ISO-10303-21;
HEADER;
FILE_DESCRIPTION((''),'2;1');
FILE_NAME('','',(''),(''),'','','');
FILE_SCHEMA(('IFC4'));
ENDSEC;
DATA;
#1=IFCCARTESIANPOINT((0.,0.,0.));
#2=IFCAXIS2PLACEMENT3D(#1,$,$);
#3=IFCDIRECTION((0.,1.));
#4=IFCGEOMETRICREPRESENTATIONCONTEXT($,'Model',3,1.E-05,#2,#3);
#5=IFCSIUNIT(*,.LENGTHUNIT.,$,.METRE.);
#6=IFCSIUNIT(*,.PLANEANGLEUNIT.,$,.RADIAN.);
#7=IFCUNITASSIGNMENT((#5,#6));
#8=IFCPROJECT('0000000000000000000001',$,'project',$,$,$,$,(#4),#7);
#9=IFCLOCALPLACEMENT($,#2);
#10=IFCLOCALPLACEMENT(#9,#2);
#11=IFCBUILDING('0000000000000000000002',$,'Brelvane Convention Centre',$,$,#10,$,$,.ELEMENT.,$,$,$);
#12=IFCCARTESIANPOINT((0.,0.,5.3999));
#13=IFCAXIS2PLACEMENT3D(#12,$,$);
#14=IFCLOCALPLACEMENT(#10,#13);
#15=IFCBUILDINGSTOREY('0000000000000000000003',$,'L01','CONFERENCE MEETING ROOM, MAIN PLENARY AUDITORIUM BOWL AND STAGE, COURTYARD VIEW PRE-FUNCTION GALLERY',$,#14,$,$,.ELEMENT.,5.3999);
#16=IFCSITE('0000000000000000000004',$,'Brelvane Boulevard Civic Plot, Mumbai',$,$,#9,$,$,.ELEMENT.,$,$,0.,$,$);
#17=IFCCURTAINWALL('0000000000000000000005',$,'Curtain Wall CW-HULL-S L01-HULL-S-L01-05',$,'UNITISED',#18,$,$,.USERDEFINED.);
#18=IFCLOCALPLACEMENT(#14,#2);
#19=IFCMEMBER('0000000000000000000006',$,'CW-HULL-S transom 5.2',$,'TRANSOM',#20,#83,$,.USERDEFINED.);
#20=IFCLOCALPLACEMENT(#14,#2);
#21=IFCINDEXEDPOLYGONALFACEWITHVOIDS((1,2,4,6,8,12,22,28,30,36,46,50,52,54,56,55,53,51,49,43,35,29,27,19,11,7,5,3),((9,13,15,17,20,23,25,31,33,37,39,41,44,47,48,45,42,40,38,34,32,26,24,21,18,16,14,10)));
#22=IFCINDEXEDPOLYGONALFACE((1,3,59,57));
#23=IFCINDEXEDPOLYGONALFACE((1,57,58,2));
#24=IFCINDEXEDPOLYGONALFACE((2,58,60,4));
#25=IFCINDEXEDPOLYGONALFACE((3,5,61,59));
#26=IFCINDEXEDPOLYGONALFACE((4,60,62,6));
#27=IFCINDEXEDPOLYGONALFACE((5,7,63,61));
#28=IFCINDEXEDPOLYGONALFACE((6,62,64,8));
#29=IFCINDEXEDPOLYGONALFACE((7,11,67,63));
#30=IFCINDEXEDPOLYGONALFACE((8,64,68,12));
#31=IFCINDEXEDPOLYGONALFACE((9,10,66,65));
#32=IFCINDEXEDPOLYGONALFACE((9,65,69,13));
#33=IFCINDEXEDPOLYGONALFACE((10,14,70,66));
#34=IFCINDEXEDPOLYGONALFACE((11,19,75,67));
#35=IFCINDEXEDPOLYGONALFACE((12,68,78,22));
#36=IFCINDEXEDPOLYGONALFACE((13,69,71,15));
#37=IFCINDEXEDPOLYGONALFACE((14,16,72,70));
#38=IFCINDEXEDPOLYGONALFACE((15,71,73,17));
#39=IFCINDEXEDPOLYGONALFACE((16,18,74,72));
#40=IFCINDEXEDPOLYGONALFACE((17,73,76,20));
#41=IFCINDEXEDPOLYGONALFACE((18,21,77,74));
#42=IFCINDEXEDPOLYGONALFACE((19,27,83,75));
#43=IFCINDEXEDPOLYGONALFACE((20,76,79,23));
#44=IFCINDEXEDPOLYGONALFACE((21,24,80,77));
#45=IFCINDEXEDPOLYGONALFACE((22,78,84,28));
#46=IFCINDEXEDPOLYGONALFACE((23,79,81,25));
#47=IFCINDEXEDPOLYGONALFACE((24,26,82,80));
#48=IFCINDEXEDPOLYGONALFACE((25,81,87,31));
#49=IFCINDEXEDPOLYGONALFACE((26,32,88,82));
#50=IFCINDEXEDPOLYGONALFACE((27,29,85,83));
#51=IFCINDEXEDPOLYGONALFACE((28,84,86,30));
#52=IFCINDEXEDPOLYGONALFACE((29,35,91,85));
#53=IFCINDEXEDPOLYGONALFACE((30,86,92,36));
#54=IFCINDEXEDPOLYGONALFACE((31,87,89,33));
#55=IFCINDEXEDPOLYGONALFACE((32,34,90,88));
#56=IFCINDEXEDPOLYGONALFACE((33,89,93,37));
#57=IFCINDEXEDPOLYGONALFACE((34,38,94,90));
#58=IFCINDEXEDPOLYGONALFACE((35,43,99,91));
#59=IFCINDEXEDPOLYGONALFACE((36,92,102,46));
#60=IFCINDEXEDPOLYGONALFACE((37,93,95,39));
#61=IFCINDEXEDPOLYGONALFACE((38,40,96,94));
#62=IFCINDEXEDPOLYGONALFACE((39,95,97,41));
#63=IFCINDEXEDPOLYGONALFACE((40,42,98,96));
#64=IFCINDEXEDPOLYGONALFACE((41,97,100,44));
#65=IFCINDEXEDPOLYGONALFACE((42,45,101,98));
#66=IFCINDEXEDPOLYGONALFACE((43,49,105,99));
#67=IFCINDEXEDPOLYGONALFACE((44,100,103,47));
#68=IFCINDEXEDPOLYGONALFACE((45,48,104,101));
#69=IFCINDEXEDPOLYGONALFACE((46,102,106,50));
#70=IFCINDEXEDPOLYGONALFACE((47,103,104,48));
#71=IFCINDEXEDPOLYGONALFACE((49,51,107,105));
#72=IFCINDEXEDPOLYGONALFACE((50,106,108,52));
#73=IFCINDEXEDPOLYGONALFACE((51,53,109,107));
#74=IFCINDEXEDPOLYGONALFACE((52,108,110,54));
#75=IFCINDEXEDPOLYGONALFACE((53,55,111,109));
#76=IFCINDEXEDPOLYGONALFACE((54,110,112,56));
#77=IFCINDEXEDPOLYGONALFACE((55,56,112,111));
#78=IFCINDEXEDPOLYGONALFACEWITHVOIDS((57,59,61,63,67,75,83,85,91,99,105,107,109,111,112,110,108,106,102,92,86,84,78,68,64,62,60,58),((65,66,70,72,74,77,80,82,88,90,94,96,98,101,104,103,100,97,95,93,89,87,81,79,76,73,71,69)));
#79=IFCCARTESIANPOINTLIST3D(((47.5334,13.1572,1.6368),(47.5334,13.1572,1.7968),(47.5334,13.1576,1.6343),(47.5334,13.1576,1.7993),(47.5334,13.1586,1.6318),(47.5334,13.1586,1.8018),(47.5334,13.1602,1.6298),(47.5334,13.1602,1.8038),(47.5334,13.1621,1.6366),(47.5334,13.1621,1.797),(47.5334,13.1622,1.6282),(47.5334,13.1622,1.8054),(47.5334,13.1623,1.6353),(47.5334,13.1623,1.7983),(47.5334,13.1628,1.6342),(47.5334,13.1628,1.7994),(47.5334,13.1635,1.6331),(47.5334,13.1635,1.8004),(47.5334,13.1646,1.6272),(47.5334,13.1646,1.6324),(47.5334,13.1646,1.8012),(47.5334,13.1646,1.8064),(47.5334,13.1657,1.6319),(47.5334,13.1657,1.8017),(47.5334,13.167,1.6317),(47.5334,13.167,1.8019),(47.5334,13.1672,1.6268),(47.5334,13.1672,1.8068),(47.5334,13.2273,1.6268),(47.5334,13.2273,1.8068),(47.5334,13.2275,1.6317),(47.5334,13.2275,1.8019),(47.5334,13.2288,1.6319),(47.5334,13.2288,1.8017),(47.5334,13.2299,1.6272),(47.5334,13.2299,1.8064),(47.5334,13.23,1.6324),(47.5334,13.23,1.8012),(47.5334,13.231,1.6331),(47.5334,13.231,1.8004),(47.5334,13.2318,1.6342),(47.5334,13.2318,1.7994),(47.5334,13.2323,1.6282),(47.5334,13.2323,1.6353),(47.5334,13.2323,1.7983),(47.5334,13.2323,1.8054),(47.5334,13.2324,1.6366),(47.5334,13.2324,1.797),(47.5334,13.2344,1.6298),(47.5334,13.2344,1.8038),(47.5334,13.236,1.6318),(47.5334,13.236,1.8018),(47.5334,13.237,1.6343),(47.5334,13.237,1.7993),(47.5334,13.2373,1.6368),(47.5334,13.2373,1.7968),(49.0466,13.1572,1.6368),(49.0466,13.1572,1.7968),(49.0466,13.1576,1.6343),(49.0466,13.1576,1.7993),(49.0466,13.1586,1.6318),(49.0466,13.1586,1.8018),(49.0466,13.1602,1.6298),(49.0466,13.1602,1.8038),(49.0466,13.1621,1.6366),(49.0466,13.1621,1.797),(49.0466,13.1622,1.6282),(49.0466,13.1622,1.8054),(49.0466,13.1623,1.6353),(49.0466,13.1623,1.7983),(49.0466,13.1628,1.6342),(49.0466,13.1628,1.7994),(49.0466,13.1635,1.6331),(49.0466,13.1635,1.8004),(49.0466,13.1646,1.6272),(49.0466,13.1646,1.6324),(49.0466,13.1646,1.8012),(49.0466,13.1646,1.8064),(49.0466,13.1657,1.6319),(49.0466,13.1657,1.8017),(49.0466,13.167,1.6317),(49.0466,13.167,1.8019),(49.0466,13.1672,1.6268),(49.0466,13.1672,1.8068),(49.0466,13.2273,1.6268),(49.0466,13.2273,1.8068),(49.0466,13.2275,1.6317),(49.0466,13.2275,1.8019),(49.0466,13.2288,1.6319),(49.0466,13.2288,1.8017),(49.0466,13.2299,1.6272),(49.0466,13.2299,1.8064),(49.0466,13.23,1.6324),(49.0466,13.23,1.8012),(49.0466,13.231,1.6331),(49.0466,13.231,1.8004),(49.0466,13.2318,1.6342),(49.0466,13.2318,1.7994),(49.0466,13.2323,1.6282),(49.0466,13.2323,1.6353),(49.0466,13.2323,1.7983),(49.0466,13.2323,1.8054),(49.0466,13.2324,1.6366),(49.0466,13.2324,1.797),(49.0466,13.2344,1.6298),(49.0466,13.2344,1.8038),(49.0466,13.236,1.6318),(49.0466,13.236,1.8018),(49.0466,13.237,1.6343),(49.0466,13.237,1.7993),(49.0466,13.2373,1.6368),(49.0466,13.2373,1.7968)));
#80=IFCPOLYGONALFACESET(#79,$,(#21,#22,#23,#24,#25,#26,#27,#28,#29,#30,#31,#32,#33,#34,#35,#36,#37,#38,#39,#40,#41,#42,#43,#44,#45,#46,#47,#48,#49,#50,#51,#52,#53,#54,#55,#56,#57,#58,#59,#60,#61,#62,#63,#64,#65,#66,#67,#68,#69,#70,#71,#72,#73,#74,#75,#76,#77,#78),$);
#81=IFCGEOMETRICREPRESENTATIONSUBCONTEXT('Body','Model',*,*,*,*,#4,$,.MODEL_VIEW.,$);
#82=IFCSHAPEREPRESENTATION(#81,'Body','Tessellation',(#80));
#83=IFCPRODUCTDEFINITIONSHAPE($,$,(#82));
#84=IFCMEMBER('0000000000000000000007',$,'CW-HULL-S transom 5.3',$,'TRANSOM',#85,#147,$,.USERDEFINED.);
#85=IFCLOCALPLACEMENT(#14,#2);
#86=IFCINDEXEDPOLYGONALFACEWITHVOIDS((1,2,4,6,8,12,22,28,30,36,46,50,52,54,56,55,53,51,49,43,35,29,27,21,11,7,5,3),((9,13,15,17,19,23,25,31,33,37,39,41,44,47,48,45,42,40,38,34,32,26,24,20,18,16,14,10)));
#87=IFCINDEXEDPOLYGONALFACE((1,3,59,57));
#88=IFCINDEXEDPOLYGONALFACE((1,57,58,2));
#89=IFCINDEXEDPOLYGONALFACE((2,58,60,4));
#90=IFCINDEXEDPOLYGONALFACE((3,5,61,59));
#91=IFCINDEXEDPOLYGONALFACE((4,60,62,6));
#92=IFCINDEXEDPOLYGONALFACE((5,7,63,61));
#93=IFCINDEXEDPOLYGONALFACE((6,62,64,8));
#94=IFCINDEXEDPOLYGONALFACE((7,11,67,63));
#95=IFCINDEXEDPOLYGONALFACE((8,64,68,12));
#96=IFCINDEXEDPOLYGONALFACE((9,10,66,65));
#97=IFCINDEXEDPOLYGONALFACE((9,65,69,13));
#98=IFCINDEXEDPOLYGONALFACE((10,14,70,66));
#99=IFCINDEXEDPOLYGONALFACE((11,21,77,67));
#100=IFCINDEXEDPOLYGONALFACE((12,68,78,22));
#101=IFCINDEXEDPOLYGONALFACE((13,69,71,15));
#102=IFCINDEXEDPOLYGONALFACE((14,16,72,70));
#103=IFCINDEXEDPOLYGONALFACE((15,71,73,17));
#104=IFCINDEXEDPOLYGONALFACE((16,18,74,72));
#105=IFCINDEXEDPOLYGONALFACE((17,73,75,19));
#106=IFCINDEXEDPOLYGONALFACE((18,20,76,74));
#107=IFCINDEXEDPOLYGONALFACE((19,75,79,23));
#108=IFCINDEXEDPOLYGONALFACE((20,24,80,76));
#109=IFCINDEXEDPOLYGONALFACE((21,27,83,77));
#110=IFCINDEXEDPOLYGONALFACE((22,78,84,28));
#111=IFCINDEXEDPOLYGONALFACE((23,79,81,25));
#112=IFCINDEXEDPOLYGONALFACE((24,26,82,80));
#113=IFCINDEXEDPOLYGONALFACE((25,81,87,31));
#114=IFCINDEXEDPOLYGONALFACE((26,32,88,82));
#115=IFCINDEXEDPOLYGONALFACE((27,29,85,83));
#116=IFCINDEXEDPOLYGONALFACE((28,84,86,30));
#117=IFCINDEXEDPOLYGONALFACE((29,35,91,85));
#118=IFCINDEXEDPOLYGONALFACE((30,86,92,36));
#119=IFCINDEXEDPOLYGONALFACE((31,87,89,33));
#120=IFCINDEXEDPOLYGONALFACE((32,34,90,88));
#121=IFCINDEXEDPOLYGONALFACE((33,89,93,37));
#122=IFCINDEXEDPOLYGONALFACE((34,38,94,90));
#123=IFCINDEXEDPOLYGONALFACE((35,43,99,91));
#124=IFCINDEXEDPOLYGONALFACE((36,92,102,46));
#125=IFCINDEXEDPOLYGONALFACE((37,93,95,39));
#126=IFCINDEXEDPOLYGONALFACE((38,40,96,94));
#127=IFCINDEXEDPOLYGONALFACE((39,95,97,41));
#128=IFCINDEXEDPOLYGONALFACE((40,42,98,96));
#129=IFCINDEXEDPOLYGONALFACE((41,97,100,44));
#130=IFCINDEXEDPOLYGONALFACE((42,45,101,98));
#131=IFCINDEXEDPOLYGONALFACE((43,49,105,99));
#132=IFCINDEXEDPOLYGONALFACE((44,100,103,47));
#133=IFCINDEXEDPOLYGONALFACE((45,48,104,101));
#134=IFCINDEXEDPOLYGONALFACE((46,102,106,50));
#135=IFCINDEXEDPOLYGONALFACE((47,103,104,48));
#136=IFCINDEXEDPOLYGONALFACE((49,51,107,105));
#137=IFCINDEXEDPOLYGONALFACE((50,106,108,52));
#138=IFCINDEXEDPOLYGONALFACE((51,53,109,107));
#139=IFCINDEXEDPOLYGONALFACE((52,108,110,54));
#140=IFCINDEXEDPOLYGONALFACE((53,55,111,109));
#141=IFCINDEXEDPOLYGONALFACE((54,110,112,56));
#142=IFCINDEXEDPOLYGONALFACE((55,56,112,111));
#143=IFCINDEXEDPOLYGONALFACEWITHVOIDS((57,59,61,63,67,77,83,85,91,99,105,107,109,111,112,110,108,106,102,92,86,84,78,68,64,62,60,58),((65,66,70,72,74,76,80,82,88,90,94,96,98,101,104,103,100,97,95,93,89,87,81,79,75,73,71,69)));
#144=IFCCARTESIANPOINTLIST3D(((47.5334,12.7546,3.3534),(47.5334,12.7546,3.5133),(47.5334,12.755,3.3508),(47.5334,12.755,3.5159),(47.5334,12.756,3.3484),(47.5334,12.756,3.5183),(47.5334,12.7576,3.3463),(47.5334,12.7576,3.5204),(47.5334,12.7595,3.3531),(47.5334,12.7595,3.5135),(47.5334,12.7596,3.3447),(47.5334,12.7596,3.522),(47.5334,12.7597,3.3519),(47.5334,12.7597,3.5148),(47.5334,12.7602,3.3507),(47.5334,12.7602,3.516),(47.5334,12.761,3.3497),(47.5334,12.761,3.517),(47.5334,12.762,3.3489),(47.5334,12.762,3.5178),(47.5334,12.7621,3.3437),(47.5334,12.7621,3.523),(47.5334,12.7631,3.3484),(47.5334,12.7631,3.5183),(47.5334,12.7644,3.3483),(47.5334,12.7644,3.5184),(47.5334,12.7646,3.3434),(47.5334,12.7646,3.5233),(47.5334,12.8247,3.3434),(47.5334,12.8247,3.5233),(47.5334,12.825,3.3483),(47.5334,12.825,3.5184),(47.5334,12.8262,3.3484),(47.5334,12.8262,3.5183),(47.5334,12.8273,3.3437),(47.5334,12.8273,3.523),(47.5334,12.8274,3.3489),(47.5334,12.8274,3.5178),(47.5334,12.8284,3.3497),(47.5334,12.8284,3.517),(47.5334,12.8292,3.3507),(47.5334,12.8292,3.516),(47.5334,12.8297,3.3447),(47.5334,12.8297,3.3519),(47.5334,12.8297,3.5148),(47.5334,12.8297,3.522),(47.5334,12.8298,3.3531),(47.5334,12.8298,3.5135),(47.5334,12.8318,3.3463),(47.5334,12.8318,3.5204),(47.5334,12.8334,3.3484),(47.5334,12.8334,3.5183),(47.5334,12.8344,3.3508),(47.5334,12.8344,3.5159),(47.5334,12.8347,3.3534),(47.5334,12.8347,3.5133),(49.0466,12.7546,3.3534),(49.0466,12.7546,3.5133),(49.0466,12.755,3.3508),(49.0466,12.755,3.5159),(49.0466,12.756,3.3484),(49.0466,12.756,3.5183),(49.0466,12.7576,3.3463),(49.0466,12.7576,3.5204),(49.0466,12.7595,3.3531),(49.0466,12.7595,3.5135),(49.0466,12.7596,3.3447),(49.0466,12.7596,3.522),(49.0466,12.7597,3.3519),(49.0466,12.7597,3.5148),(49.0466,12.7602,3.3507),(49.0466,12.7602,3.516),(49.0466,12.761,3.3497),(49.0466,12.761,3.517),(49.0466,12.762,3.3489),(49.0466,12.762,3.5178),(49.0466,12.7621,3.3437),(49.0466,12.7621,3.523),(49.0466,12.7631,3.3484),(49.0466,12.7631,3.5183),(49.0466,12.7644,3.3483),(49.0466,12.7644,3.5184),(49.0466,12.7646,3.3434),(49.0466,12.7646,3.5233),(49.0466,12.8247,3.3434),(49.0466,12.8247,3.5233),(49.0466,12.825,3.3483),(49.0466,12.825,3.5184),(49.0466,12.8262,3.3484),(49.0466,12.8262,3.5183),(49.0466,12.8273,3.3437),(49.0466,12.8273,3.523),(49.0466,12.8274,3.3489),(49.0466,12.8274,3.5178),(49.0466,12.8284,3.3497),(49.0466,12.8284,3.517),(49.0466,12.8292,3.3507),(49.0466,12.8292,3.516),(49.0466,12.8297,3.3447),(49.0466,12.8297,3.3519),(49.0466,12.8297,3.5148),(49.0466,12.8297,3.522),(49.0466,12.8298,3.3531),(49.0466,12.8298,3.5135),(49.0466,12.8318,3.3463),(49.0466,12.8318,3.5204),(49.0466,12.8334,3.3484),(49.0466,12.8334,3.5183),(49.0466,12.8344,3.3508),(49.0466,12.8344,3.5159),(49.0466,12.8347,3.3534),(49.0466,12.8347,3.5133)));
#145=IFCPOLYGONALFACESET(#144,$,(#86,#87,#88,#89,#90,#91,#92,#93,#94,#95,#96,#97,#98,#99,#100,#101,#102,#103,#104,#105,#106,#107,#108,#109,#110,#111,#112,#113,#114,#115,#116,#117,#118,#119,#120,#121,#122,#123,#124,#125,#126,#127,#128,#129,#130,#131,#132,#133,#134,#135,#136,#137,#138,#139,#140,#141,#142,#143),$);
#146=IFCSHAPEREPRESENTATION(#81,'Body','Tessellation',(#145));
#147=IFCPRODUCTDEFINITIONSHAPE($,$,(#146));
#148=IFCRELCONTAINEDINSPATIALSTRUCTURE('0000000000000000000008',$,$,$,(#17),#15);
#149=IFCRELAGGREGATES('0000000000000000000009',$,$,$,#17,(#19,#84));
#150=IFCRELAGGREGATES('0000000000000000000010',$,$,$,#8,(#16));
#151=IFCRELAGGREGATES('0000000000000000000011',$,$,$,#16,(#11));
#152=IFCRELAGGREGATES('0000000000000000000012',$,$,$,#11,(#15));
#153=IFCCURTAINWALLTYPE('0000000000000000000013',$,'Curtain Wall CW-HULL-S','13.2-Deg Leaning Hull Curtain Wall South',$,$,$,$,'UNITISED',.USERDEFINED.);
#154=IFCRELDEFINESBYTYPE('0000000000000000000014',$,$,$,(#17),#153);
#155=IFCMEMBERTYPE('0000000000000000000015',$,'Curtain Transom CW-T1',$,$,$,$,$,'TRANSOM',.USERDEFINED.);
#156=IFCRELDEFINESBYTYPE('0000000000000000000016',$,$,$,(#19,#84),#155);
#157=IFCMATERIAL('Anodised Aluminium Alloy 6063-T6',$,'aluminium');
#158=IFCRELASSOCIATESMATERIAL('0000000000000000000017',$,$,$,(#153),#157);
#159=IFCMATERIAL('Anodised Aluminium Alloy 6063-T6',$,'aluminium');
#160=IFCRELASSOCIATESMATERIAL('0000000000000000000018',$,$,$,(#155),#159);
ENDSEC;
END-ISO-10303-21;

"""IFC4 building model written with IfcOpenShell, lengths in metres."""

from ifc_helpers import new_model, si_unit, direction, frame, origin, origin_2d, place, context, subcontext, project, spatial, hollow_rectangle, extrude, material, material_profile, profile_set, type_object, element, aggregate, save


model = new_model("IFC4")

# Units and contexts
model_context = context("Model", 3, precision=1e-05, world=origin(), true_north=direction((0.0, 1.0)))
body_context = subcontext(model_context, "Body", "Model", "MODEL_VIEW")
ifc_project = project(units=[si_unit("LENGTHUNIT", "METRE"), si_unit("PLANEANGLEUNIT", "RADIAN")], contexts=[model_context])

# Site, building, storey
site_placement = place(None, origin())
site = spatial("IfcSite", under=ifc_project, at=site_placement, Name="Brelvane Boulevard Civic Plot, Mumbai", CompositionType="ELEMENT", RefElevation=0.0)
building_placement = place(site_placement, origin())
building = spatial("IfcBuilding", under=site, at=building_placement, Name="Brelvane Convention Centre", CompositionType="ELEMENT")
storey_placement = place(building_placement, frame((0.0, 0.0, 5.3999)))
storey = spatial("IfcBuildingStorey", under=building, at=storey_placement, Name="L01", Description="CONFERENCE MEETING ROOM, MAIN PLENARY AUDITORIUM BOWL AND STAGE, COURTYARD VIEW PRE-FUNCTION GALLERY", CompositionType="ELEMENT", Elevation=5.3999)

# Curtain wall, members
ifc_material_1 = material(Name="Anodised Aluminium Alloy 6063-T6", Category="aluminium")
curtain_wall_type = type_object("IfcCurtainWallType", Name="Curtain Wall CW-HULL-S", Description="13.2-Deg Leaning Hull Curtain Wall South", ElementType="UNITISED", PredefinedType="USERDEFINED", material=ifc_material_1)
curtain_wall_1_placement = place(storey_placement, origin())
curtain_wall_1 = element("IfcCurtainWall", 1, at=curtain_wall_1_placement, inside=storey, type_object=curtain_wall_type, Name="Curtain Wall CW-HULL-S L01-HULL-S-L01-05", ObjectType="UNITISED", PredefinedType="USERDEFINED")
ifc_material_2 = material(Name="Anodised Aluminium Alloy 6063-T6", Category="aluminium")
ifc_material_profile = material_profile(ifc_material_2, hollow_rectangle(XDim=0.0801, YDim=0.1799, WallThickness=0.0049, InnerFilletRadius=0.0049, OuterFilletRadius=0.01, at=origin_2d()), Name="ALU-T 180x80x5.0")
ifc_profile_set = profile_set([ifc_material_profile], Name="Anodised Aluminium Alloy 6063-T6")
member_type = type_object("IfcMemberType", Name="Curtain Transom CW-T1", ElementType="TRANSOM", PredefinedType="USERDEFINED", material=ifc_profile_set)
member_1_placement = place(storey_placement, frame((47.5334, 13.1973, 1.7168), z_axis=(1.0, 0.0, 0.0), x_axis=(0.0, 1.0, 0.0)))
member_1 = element("IfcMember", 2, at=member_1_placement, type_object=member_type, Name="CW-HULL-S transom 5.2", ObjectType="TRANSOM", PredefinedType="USERDEFINED", context=body_context, shape_type="SweptSolid", body=[
    extrude(hollow_rectangle(XDim=0.0801, YDim=0.1799, WallThickness=0.0049, InnerFilletRadius=0.0049, OuterFilletRadius=0.01, at=origin_2d()), origin(), (0.0, 0.0, 1.0), 1.5132),
])
member_2_placement = place(storey_placement, frame((47.5334, 12.7947, 3.4333), z_axis=(1.0, 0.0, 0.0), x_axis=(0.0, 1.0, 0.0)))
member_2 = element("IfcMember", 3, at=member_2_placement, type_object=member_type, Name="CW-HULL-S transom 5.3", ObjectType="TRANSOM", PredefinedType="USERDEFINED", context=body_context, shape_type="SweptSolid", body=[
    extrude(hollow_rectangle(XDim=0.0801, YDim=0.1799, WallThickness=0.0049, InnerFilletRadius=0.0049, OuterFilletRadius=0.01, at=origin_2d()), origin(), (0.0, 0.0, 1.0), 1.5132),
])

aggregate(curtain_wall_1, [member_1, member_2])

save(model, "model.ifc")
